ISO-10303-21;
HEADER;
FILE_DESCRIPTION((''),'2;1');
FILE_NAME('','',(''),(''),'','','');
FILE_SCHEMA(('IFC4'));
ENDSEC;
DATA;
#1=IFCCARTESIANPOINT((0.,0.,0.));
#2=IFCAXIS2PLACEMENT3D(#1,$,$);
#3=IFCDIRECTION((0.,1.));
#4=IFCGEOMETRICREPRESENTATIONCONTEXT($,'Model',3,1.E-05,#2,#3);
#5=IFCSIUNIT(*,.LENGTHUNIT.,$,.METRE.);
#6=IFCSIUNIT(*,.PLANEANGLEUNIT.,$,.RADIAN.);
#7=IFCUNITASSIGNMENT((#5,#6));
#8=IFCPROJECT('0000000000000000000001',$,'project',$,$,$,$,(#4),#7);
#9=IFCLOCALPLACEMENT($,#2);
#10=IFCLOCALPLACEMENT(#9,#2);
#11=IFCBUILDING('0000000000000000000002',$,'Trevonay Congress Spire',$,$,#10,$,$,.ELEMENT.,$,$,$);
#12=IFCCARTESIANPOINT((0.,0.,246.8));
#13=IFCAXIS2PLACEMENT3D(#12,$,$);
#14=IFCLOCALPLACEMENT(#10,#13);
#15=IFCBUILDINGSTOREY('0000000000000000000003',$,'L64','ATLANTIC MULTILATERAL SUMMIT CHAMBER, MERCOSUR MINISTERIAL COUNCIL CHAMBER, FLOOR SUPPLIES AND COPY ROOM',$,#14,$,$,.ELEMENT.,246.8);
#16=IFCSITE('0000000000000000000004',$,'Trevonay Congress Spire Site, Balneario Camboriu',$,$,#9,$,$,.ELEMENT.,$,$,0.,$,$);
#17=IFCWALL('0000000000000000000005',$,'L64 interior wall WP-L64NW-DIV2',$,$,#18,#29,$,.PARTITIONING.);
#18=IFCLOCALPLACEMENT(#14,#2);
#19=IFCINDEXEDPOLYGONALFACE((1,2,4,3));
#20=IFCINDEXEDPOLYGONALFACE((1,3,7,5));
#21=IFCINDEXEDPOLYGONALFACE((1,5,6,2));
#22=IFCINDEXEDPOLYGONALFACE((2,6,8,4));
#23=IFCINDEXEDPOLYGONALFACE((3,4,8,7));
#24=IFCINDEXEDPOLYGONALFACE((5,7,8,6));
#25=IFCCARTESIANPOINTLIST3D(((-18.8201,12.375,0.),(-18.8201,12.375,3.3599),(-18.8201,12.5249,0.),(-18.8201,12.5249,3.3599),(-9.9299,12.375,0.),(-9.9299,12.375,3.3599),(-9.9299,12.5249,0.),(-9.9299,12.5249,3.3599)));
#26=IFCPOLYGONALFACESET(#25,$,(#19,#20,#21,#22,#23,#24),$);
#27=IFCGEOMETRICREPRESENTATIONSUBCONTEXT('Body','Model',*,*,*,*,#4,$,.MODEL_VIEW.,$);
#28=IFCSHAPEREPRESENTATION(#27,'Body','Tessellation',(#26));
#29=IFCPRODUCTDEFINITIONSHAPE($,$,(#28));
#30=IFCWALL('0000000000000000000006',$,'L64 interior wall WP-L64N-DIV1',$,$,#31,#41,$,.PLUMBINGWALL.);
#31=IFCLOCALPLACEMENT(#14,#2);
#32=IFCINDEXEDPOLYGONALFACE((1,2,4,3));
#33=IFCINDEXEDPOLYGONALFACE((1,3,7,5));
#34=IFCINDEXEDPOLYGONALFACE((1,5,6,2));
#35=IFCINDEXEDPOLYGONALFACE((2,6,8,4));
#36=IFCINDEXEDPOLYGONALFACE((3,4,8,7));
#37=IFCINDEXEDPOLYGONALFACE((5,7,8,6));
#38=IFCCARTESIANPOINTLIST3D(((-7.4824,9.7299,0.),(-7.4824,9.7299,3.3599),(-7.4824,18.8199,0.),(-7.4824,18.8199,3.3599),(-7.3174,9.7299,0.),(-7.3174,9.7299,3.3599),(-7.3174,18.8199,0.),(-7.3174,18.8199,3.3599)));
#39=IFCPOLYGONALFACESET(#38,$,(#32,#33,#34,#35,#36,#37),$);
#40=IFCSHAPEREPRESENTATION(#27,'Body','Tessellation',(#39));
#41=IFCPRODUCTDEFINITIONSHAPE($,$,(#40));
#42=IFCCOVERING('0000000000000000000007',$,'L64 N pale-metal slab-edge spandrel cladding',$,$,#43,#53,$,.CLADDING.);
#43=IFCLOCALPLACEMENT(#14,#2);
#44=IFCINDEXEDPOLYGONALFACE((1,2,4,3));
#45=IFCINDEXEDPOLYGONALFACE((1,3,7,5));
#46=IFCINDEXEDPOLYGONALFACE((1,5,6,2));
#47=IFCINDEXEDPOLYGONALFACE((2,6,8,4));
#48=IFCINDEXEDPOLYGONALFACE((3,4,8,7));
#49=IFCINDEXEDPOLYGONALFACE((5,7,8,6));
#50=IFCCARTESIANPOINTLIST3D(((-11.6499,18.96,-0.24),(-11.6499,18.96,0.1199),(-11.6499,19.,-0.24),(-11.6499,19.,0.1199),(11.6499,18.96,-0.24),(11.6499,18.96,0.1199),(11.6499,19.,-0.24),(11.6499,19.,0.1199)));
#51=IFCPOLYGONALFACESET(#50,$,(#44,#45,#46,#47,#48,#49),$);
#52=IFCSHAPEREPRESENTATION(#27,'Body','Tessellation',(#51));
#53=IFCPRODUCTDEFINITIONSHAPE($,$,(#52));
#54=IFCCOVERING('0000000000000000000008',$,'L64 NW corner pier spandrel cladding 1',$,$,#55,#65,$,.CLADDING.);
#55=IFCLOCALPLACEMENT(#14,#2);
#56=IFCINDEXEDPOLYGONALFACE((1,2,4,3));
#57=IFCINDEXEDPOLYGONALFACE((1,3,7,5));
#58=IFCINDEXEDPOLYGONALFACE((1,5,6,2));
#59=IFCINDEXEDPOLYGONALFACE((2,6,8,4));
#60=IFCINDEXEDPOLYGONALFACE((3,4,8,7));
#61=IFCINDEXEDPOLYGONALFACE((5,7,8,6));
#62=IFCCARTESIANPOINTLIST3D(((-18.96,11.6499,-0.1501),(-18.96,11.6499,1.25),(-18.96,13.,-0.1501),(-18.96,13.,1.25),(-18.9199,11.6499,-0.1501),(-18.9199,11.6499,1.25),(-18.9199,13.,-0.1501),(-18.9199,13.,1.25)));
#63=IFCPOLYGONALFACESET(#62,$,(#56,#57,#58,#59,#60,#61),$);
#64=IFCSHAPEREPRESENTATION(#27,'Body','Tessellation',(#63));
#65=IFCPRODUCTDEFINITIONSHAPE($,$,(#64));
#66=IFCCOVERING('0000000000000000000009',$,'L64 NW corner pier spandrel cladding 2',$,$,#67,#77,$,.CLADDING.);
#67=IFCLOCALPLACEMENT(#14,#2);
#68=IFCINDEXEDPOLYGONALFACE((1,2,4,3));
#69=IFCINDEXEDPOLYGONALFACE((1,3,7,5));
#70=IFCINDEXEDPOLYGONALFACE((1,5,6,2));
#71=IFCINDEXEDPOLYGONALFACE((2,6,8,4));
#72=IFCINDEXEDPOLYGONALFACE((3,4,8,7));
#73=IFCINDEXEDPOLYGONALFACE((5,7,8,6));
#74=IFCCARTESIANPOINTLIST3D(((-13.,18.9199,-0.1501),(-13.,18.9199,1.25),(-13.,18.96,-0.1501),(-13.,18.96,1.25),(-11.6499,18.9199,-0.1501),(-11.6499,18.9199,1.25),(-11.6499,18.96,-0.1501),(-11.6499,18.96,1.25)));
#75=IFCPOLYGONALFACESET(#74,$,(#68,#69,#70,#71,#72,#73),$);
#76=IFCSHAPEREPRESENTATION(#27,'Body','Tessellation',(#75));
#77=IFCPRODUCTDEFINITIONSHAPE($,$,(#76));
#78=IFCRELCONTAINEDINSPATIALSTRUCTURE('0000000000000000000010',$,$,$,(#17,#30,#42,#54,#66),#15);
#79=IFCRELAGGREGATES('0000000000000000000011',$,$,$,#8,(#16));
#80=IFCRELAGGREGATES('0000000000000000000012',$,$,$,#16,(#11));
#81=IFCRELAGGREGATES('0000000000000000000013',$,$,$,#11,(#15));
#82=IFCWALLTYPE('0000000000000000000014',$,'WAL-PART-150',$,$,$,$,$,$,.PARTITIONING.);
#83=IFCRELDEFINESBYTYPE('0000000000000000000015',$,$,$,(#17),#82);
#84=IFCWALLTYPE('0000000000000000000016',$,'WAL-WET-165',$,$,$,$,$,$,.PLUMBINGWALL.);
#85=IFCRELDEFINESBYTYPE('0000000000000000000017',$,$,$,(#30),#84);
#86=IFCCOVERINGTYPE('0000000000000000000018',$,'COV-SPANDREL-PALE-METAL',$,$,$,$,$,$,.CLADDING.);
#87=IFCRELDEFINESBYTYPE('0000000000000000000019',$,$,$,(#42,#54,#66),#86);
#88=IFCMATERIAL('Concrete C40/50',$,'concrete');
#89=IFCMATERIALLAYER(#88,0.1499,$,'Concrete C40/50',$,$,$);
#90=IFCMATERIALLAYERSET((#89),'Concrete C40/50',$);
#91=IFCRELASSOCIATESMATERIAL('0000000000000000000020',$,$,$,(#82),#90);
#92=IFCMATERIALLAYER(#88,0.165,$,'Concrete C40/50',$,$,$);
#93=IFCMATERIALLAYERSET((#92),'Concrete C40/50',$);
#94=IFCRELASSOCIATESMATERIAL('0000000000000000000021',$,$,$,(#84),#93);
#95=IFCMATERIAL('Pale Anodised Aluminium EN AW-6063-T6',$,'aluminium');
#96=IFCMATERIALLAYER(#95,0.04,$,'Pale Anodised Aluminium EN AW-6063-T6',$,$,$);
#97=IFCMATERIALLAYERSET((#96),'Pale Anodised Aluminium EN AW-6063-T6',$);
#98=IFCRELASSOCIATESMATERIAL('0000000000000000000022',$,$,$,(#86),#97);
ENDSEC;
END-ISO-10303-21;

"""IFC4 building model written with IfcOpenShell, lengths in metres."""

from ifc_helpers import new_model, si_unit, direction, frame, frame_2d, origin, place, context, subcontext, project, spatial, rectangle, extrude, material, layer, layer_set, type_object, element, save


model = new_model("IFC4")

# Units and contexts
model_context = context("Model", 3, precision=1e-05, world=origin(), true_north=direction((0.0, 1.0)))
body_context = subcontext(model_context, "Body", "Model", "MODEL_VIEW")
ifc_project = project(units=[si_unit("LENGTHUNIT", "METRE"), si_unit("PLANEANGLEUNIT", "RADIAN")], contexts=[model_context])

# Site, building, storey
site_placement = place(None, origin())
site = spatial("IfcSite", under=ifc_project, at=site_placement, Name="Trevonay Congress Spire Site, Balneario Camboriu", CompositionType="ELEMENT", RefElevation=0.0)
building_placement = place(site_placement, origin())
building = spatial("IfcBuilding", under=site, at=building_placement, Name="Trevonay Congress Spire", CompositionType="ELEMENT")
storey_placement = place(building_placement, frame((0.0, 0.0, 246.8)))
storey = spatial("IfcBuildingStorey", under=building, at=storey_placement, Name="L64", Description="ATLANTIC MULTILATERAL SUMMIT CHAMBER, MERCOSUR MINISTERIAL COUNCIL CHAMBER, FLOOR SUPPLIES AND COPY ROOM", CompositionType="ELEMENT", Elevation=246.8)

# Shared definitions
ifc_material_1 = material(Name="Concrete C40/50", Category="concrete")
ifc_material_2 = material(Name="Pale Anodised Aluminium EN AW-6063-T6", Category="aluminium")

# Walls
ifc_layer_1 = layer(ifc_material_1, 0.1499, Name="Concrete C40/50")
ifc_layer_set_1 = layer_set([ifc_layer_1], Name="Concrete C40/50")
wall_type_1 = type_object("IfcWallType", Name="WAL-PART-150", PredefinedType="PARTITIONING", material=ifc_layer_set_1)
wall_1_placement = place(storey_placement, frame((-18.8201, 12.45, 0.0), z_axis=(0.0, 0.0, 1.0), x_axis=(1.0, 0.0, 0.0)))
element("IfcWall", 1, at=wall_1_placement, inside=storey, type_object=wall_type_1, Name="L64 interior wall WP-L64NW-DIV2", PredefinedType="PARTITIONING", context=body_context, shape_type="SweptSolid", body=[
    extrude(rectangle(XDim=8.8901, YDim=0.1499, at=frame_2d((4.4451, 0.0))), origin(), (0.0, 0.0, 1.0), 3.3599),
])
ifc_layer_2 = layer(ifc_material_1, 0.165, Name="Concrete C40/50")
ifc_layer_set_2 = layer_set([ifc_layer_2], Name="Concrete C40/50")
wall_type_2 = type_object("IfcWallType", Name="WAL-WET-165", PredefinedType="PLUMBINGWALL", material=ifc_layer_set_2)
wall_2_placement = place(storey_placement, frame((-7.3999, 9.73, 0.0), z_axis=(0.0, 0.0, 1.0), x_axis=(0.0, 1.0, 0.0)))
element("IfcWall", 2, at=wall_2_placement, inside=storey, type_object=wall_type_2, Name="L64 interior wall WP-L64N-DIV1", PredefinedType="PLUMBINGWALL", context=body_context, shape_type="SweptSolid", body=[
    extrude(rectangle(XDim=9.0901, YDim=0.165, at=frame_2d((4.5449, 0.0))), origin(), (0.0, 0.0, 1.0), 3.3599),
])

# Coverings
ifc_layer_3 = layer(ifc_material_2, 0.04, Name="Pale Anodised Aluminium EN AW-6063-T6")
ifc_layer_set_3 = layer_set([ifc_layer_3], Name="Pale Anodised Aluminium EN AW-6063-T6")
covering_type = type_object("IfcCoveringType", Name="COV-SPANDREL-PALE-METAL", PredefinedType="CLADDING", material=ifc_layer_set_3)
covering_placement = place(storey_placement, frame((-11.6499, 18.98, -0.24), z_axis=(0.0, 0.0, 1.0), x_axis=(1.0, 0.0, 0.0)))
element("IfcCovering", 3, at=covering_placement, inside=storey, type_object=covering_type, Name="L64 N pale-metal slab-edge spandrel cladding", PredefinedType="CLADDING", context=body_context, shape_type="SweptSolid", body=[
    extrude(rectangle(XDim=23.2998, YDim=0.04, at=frame_2d((11.6499, 0.0))), origin(), (0.0, 0.0, 1.0), 0.3599),
])
for number, where, z_axis, x_axis, name in (
    (4, (-18.9399, 11.6499, -0.1501), (0.0, 0.0, 1.0), (0.0, 1.0, 0.0), "L64 NW corner pier spandrel cladding 1"),
    (5, (-11.6499, 18.9399, -0.1501), (0.0, 0.0, 1.0), (-1.0, 0.0, 0.0), "L64 NW corner pier spandrel cladding 2"),
):
    element("IfcCovering", number, at=place(storey_placement, frame(where, z_axis=z_axis, x_axis=x_axis)), inside=storey, type_object=covering_type, Name=name, PredefinedType="CLADDING", context=body_context, shape_type="SweptSolid", body=[
        extrude(rectangle(XDim=1.3501, YDim=0.04, at=frame_2d((0.675, 0.0))), origin(), (0.0, 0.0, 1.0), 1.4001),
    ])

save(model, "model.ifc")
